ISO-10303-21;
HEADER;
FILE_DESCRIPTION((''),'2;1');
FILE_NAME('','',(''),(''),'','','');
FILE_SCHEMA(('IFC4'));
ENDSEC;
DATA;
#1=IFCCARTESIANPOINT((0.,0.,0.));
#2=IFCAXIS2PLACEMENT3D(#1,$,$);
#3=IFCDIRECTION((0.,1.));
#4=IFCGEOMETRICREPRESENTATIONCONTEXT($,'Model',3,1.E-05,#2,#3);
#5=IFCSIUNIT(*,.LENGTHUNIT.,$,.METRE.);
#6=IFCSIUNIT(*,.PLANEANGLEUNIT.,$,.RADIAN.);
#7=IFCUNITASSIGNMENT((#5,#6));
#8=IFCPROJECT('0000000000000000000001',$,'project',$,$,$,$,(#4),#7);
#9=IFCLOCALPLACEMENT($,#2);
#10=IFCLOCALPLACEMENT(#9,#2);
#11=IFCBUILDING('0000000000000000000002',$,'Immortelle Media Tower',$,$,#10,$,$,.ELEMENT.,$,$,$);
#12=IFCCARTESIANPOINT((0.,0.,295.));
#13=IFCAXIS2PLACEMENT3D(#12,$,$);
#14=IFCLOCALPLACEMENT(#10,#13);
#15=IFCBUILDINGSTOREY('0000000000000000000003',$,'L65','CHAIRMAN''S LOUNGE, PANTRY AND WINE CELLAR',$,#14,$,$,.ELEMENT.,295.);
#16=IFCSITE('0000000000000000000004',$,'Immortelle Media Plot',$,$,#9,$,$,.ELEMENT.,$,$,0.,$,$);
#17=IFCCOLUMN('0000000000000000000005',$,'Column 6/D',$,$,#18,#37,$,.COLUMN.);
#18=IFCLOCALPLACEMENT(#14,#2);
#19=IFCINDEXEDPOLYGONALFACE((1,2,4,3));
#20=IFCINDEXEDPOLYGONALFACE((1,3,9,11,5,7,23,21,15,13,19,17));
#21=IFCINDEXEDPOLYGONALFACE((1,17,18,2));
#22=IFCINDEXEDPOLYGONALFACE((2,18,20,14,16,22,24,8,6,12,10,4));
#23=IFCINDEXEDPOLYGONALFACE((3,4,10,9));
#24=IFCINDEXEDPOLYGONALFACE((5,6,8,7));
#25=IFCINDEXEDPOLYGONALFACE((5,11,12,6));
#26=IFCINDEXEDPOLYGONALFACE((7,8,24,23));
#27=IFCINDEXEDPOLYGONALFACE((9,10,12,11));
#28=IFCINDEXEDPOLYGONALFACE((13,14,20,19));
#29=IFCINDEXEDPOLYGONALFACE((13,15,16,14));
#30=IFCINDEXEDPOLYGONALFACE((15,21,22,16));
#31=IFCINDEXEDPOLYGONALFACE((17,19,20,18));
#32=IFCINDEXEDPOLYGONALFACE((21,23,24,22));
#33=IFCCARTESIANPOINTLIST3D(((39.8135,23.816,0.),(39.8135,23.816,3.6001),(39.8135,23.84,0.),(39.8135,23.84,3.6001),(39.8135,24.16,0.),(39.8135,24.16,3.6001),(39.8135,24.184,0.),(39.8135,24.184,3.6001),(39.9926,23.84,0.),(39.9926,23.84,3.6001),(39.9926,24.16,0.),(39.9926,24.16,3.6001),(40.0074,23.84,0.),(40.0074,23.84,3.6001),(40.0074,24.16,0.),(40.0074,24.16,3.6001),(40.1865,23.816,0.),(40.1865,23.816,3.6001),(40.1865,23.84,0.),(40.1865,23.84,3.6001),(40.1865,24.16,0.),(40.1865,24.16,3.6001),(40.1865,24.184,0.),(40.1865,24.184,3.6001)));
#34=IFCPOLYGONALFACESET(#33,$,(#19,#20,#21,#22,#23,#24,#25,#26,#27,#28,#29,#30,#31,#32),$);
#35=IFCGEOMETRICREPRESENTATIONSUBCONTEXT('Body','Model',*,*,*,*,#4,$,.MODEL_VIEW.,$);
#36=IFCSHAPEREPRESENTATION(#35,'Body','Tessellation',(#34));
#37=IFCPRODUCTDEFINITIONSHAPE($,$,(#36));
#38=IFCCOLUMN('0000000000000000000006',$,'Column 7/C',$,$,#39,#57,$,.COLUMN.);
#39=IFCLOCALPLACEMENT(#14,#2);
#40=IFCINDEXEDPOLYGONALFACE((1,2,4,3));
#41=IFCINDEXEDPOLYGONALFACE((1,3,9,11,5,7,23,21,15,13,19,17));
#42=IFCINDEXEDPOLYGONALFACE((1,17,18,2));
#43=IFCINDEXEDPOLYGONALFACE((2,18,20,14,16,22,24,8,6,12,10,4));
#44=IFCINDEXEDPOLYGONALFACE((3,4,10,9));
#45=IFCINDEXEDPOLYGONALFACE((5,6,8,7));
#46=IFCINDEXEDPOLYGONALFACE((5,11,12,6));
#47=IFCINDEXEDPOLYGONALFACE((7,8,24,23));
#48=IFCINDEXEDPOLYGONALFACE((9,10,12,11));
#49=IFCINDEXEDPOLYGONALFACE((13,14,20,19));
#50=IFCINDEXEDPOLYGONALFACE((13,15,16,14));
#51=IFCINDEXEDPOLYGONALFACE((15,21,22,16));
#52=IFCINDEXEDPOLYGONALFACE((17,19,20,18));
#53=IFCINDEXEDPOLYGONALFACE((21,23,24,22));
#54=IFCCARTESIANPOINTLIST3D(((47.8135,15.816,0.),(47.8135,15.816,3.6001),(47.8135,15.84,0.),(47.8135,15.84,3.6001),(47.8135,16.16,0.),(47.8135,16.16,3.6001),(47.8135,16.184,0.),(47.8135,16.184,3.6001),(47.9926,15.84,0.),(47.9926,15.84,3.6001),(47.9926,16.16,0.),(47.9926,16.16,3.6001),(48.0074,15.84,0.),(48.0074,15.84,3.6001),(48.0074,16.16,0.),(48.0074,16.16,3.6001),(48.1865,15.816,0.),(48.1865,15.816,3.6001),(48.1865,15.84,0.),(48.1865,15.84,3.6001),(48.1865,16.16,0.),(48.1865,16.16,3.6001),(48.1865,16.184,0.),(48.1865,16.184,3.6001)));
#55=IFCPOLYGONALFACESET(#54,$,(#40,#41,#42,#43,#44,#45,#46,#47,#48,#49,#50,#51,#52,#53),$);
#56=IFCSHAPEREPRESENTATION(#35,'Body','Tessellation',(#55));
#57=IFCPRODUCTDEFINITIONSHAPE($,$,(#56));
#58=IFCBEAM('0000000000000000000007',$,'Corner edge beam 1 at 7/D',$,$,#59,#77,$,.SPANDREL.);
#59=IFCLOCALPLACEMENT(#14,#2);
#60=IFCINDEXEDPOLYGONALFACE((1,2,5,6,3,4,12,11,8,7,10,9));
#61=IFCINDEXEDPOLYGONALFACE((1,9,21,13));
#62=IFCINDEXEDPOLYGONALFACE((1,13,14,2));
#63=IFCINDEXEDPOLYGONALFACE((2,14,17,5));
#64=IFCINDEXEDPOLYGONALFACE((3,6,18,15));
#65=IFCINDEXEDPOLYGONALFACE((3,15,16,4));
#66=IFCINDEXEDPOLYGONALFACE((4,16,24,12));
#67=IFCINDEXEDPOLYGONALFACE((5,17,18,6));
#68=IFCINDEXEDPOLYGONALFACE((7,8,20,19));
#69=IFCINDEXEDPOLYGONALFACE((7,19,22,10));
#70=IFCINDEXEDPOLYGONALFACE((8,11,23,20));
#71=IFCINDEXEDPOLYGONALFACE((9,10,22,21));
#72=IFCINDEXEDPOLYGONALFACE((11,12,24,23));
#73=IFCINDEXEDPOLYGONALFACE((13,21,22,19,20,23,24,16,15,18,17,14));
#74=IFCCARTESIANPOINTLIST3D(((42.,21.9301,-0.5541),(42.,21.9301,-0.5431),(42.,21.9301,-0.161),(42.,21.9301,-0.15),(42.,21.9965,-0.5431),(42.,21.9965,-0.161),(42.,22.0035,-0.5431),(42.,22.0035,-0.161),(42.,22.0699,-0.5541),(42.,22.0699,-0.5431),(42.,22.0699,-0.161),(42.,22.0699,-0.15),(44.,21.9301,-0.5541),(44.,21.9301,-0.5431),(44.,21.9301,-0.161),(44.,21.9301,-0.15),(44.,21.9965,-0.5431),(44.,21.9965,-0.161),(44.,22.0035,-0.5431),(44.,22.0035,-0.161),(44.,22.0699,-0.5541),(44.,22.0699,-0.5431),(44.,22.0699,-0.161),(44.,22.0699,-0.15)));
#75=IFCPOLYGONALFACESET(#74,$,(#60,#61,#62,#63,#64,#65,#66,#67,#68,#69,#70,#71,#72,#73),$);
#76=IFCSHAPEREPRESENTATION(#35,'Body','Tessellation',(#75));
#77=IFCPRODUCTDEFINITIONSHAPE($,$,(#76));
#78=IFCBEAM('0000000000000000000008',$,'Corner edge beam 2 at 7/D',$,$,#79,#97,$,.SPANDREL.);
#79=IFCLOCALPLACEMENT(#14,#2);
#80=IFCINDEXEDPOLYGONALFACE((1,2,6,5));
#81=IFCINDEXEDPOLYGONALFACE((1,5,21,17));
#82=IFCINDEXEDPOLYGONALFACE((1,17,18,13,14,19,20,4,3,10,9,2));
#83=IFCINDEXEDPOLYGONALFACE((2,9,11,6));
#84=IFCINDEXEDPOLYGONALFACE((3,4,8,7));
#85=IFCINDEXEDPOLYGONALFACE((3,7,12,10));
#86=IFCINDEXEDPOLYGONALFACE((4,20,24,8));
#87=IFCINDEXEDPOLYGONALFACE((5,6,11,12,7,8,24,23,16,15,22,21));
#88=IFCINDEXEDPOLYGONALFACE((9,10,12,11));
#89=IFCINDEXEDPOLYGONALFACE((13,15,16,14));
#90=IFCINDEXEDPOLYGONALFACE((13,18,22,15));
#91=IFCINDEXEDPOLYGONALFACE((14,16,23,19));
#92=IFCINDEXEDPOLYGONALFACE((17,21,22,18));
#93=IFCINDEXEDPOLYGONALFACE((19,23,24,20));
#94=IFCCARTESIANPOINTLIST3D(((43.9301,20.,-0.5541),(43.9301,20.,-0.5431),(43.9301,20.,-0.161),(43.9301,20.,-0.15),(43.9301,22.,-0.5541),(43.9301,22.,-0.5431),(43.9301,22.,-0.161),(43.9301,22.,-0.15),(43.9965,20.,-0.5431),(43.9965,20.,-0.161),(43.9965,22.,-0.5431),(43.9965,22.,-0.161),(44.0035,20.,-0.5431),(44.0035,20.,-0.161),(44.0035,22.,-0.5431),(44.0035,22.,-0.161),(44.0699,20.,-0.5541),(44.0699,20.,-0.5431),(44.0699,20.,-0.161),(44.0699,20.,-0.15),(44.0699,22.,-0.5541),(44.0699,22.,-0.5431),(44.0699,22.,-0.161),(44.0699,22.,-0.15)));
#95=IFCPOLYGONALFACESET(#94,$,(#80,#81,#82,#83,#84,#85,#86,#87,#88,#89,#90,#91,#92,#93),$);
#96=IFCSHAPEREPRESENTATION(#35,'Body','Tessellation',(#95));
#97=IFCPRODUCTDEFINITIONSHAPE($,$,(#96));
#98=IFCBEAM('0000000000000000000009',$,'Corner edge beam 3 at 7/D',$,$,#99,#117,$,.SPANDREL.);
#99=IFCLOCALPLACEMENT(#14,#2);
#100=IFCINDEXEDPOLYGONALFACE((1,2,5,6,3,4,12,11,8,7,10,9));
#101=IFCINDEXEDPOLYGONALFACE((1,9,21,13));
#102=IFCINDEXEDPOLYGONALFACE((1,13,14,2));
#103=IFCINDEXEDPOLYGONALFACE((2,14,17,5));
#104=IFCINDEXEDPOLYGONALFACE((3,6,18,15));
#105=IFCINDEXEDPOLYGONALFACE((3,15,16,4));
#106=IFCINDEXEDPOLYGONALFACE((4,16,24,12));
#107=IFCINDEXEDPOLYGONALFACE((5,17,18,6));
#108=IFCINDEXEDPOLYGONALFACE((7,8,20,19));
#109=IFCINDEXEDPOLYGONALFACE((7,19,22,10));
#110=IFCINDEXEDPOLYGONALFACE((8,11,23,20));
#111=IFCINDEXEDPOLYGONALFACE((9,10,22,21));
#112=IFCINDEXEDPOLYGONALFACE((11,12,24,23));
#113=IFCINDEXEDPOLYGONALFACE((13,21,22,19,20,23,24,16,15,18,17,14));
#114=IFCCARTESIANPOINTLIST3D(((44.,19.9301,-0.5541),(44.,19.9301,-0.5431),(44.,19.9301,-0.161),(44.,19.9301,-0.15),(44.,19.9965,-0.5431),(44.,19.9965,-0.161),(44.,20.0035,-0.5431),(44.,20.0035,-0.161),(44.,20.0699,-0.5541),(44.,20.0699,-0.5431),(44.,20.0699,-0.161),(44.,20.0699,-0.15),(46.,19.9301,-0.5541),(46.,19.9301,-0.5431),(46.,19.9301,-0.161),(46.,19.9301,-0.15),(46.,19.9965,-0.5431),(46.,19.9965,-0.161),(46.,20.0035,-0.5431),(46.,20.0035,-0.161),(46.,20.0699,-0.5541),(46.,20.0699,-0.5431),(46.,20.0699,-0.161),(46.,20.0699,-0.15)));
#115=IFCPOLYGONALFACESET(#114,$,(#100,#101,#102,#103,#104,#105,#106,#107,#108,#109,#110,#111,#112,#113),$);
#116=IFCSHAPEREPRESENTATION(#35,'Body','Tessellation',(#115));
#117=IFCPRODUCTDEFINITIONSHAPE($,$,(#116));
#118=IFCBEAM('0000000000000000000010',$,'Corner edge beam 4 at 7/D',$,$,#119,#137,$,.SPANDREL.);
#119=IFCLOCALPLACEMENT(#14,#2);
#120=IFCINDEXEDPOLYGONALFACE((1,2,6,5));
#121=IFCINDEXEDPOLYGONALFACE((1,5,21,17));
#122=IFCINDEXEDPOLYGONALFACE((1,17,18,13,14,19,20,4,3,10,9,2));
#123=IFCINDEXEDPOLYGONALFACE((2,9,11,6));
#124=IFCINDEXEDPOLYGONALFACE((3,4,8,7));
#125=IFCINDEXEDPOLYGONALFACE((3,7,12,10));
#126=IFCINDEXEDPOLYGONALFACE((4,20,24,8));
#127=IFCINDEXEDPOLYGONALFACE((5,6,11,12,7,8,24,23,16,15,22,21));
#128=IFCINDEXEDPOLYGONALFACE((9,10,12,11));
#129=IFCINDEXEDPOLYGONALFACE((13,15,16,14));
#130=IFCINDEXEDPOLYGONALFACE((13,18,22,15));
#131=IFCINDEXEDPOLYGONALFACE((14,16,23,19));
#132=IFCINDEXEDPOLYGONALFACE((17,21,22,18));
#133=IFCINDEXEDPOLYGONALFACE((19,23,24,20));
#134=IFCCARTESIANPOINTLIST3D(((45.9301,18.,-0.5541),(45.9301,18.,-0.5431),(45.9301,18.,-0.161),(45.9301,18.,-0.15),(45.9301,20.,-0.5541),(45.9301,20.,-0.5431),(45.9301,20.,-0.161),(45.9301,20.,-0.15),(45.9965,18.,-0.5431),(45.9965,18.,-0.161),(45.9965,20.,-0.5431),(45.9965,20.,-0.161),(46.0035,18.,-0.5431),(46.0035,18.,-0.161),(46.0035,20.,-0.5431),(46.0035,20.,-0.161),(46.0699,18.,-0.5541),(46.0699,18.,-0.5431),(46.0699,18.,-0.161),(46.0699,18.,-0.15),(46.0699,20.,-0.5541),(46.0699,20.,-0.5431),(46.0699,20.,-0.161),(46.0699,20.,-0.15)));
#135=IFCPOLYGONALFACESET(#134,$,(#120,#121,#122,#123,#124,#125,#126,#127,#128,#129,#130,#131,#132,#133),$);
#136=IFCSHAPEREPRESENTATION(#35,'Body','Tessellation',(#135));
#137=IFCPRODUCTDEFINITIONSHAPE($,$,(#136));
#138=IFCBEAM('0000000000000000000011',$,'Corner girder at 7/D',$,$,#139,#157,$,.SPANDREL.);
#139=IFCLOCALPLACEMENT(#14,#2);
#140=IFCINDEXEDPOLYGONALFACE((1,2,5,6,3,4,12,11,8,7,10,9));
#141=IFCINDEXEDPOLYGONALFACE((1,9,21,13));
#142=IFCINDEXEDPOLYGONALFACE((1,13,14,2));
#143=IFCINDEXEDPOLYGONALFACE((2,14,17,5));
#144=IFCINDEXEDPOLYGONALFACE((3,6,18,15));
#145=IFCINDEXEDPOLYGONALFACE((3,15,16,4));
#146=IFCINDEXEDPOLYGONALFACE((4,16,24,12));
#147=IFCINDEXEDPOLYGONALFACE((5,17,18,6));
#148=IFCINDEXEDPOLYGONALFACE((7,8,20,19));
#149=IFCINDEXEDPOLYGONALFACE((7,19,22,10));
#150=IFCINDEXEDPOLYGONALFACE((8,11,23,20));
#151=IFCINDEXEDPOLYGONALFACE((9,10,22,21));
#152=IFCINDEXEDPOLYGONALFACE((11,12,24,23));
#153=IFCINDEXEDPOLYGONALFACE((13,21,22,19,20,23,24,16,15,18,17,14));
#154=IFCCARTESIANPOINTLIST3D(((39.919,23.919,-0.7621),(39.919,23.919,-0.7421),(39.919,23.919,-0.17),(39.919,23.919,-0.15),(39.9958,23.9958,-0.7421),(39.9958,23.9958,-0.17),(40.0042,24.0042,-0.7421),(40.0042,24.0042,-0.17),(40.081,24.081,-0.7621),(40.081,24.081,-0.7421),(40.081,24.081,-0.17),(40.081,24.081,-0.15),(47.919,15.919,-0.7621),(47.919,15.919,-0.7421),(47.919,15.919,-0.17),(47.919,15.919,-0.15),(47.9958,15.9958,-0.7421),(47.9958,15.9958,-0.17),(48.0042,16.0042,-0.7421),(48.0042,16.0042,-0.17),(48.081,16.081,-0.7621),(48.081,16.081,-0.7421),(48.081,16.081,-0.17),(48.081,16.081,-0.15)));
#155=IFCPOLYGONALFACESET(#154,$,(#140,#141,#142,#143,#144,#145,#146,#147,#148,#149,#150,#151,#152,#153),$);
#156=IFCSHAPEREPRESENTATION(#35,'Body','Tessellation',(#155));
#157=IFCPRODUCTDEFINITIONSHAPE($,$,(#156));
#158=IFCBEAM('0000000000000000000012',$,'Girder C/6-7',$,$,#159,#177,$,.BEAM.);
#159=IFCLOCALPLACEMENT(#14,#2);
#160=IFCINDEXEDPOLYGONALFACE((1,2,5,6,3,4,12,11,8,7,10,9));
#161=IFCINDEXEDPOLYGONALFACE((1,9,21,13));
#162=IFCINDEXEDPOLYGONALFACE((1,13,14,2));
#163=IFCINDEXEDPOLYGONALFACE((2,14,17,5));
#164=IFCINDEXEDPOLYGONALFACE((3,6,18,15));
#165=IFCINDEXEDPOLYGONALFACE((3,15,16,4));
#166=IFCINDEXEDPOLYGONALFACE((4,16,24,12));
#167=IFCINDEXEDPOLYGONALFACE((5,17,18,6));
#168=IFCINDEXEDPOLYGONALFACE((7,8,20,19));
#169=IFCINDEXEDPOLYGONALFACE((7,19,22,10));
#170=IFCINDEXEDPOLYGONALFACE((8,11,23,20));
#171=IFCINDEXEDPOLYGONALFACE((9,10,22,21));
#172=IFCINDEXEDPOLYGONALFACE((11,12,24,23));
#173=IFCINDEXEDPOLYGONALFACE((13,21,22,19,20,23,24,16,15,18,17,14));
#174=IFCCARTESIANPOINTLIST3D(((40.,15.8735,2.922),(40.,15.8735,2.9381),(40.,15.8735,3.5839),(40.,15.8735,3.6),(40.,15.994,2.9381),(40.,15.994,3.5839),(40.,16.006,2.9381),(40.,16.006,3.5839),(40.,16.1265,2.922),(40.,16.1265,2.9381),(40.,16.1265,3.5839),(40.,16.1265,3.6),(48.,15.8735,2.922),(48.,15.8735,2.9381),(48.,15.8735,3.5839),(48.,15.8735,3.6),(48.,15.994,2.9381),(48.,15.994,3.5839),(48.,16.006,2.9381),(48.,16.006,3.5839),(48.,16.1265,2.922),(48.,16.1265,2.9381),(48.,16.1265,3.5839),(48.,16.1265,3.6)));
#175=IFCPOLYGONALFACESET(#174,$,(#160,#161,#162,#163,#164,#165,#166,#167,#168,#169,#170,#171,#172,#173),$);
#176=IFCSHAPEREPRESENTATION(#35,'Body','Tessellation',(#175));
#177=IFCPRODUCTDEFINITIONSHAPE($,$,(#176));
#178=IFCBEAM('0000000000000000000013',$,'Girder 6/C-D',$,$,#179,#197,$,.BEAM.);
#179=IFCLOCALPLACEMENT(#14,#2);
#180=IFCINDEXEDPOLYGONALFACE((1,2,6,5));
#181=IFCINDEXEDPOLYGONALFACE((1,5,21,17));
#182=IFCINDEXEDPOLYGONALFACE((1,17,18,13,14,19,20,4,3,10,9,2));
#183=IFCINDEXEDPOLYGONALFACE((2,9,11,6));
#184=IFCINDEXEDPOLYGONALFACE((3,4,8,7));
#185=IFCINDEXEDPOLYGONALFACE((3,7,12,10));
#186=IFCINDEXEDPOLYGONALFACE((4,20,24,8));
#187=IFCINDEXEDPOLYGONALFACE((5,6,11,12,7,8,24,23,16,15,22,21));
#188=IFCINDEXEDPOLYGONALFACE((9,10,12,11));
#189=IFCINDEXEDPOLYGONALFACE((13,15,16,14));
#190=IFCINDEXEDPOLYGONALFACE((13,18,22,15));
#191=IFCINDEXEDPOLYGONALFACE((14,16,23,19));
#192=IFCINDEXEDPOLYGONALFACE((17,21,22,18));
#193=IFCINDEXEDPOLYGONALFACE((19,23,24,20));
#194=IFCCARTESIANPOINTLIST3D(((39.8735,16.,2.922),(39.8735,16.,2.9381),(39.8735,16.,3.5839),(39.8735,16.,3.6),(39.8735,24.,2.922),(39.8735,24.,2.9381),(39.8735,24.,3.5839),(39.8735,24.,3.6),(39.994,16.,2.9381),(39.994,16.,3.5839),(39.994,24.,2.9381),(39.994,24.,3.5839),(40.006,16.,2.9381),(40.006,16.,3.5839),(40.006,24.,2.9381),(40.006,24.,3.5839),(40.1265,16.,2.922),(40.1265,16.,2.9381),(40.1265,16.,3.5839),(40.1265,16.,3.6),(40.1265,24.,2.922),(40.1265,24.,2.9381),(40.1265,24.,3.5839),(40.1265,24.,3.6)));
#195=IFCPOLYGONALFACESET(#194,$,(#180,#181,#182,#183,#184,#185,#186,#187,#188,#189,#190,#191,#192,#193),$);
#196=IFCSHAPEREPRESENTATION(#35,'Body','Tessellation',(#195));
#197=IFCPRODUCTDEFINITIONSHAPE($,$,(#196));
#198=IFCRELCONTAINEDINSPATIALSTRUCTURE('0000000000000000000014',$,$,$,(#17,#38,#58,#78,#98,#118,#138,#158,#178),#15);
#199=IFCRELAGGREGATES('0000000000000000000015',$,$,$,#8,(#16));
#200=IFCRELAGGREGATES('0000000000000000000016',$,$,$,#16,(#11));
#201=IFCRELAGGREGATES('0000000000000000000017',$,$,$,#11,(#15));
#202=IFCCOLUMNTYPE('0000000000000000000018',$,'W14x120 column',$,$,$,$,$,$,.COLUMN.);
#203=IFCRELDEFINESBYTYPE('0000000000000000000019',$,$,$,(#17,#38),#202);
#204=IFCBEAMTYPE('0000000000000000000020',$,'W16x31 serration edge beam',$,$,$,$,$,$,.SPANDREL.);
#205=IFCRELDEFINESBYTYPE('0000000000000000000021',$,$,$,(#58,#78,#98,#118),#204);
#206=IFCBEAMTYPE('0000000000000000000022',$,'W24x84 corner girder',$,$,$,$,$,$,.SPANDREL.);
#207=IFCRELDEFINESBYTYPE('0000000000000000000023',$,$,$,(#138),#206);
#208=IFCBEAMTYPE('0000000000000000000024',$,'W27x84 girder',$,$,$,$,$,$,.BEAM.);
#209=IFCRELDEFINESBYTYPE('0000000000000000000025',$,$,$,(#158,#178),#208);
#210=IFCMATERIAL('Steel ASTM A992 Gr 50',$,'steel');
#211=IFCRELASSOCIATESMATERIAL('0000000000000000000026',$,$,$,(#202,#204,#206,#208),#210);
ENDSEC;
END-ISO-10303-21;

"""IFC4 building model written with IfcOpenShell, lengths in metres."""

from ifc_helpers import new_model, si_unit, direction, frame, origin, origin_2d, place, context, subcontext, project, spatial, i_section, extrude, material, material_profile, profile_set, type_object, element, save


model = new_model("IFC4")

# Units and contexts
model_context = context("Model", 3, precision=1e-05, world=origin(), true_north=direction((0.0, 1.0)))
body_context = subcontext(model_context, "Body", "Model", "MODEL_VIEW")
ifc_project = project(units=[si_unit("LENGTHUNIT", "METRE"), si_unit("PLANEANGLEUNIT", "RADIAN")], contexts=[model_context])

# Site, building, storey
site_placement = place(None, origin())
site = spatial("IfcSite", under=ifc_project, at=site_placement, Name="Immortelle Media Plot", CompositionType="ELEMENT", RefElevation=0.0)
building_placement = place(site_placement, origin())
building = spatial("IfcBuilding", under=site, at=building_placement, Name="Immortelle Media Tower", CompositionType="ELEMENT")
storey_placement = place(building_placement, frame((0.0, 0.0, 295.0)))
storey = spatial("IfcBuildingStorey", under=building, at=storey_placement, Name="L65", Description="CHAIRMAN'S LOUNGE, PANTRY AND WINE CELLAR", CompositionType="ELEMENT", Elevation=295.0)

# Columns
ifc_material_1 = material(Name="Steel ASTM A992 Gr 50", Category="steel")
ifc_material_profile_1 = material_profile(ifc_material_1, i_section(OverallWidth=0.373, OverallDepth=0.3679, WebThickness=0.0149, FlangeThickness=0.0239, at=origin_2d()), Name="W14x120")
ifc_profile_set_1 = profile_set([ifc_material_profile_1], Name="Steel ASTM A992 Gr 50")
column_type = type_object("IfcColumnType", Name="W14x120 column", PredefinedType="COLUMN", material=ifc_profile_set_1)
for number, where, z_axis, x_axis, name in (
    (1, (40.0, 24.0, 0.0), (0.0, 0.0, 1.0), (1.0, 0.0, 0.0), "Column 6/D"),
    (2, (48.0, 16.0, 0.0), (0.0, 0.0, 1.0), (1.0, 0.0, 0.0), "Column 7/C"),
):
    element("IfcColumn", number, at=place(storey_placement, frame(where, z_axis=z_axis, x_axis=x_axis)), inside=storey, type_object=column_type, Name=name, PredefinedType="COLUMN", context=body_context, shape_type="SweptSolid", body=[
        extrude(i_section(OverallWidth=0.373, OverallDepth=0.3679, WebThickness=0.0149, FlangeThickness=0.0239, at=origin_2d()), origin(), (0.0, 0.0, 1.0), 3.6001),
    ])

# Beams
ifc_material_profile_2 = material_profile(ifc_material_1, i_section(OverallWidth=0.1399, OverallDepth=0.4041, WebThickness=0.0071, FlangeThickness=0.011, at=origin_2d()), Name="W16x31")
ifc_profile_set_2 = profile_set([ifc_material_profile_2], Name="Steel ASTM A992 Gr 50")
beam_type_1 = type_object("IfcBeamType", Name="W16x31 serration edge beam", PredefinedType="SPANDREL", material=ifc_profile_set_2)
for number, where, z_axis, x_axis, name in (
    (3, (42.0, 22.0, -0.3521), (1.0, 0.0, 0.0), (0.0, 1.0, 0.0), "Corner edge beam 1 at 7/D"),
    (4, (44.0, 22.0, -0.3521), (0.0, -1.0, 0.0), (1.0, 0.0, 0.0), "Corner edge beam 2 at 7/D"),
    (5, (44.0, 20.0, -0.3521), (1.0, 0.0, 0.0), (0.0, 1.0, 0.0), "Corner edge beam 3 at 7/D"),
    (6, (46.0, 20.0, -0.3521), (0.0, -1.0, 0.0), (1.0, 0.0, 0.0), "Corner edge beam 4 at 7/D"),
):
    element("IfcBeam", number, at=place(storey_placement, frame(where, z_axis=z_axis, x_axis=x_axis)), inside=storey, type_object=beam_type_1, Name=name, PredefinedType="SPANDREL", context=body_context, shape_type="SweptSolid", body=[
        extrude(i_section(OverallWidth=0.1399, OverallDepth=0.4041, WebThickness=0.0071, FlangeThickness=0.011, at=origin_2d()), origin(), (0.0, 0.0, 1.0), 2.0),
    ])
ifc_material_profile_3 = material_profile(ifc_material_1, i_section(OverallWidth=0.229, OverallDepth=0.6121, WebThickness=0.012, FlangeThickness=0.02, at=origin_2d()), Name="W24x84")
ifc_profile_set_3 = profile_set([ifc_material_profile_3], Name="Steel ASTM A992 Gr 50")
beam_type_2 = type_object("IfcBeamType", Name="W24x84 corner girder", PredefinedType="SPANDREL", material=ifc_profile_set_3)
beam_placement = place(storey_placement, frame((40.0, 24.0, -0.4561), z_axis=(0.707107, -0.707107, 0.0), x_axis=(0.707107, 0.707107, 0.0)))
element("IfcBeam", 7, at=beam_placement, inside=storey, type_object=beam_type_2, Name="Corner girder at 7/D", PredefinedType="SPANDREL", context=body_context, shape_type="SweptSolid", body=[
    extrude(i_section(OverallWidth=0.229, OverallDepth=0.6121, WebThickness=0.012, FlangeThickness=0.02, at=origin_2d()), origin(), (0.0, 0.0, 1.0), 11.3137),
])
ifc_material_profile_4 = material_profile(ifc_material_1, i_section(OverallWidth=0.2529, OverallDepth=0.678, WebThickness=0.012, FlangeThickness=0.0161, at=origin_2d()), Name="W27x84")
ifc_profile_set_4 = profile_set([ifc_material_profile_4], Name="Steel ASTM A992 Gr 50")
beam_type_3 = type_object("IfcBeamType", Name="W27x84 girder", PredefinedType="BEAM", material=ifc_profile_set_4)
for number, where, z_axis, x_axis, name in (
    (8, (40.0, 16.0, 3.261), (1.0, 0.0, 0.0), (0.0, 1.0, 0.0), "Girder C/6-7"),
    (9, (40.0, 16.0, 3.261), (0.0, 1.0, 0.0), (-1.0, 0.0, 0.0), "Girder 6/C-D"),
):
    element("IfcBeam", number, at=place(storey_placement, frame(where, z_axis=z_axis, x_axis=x_axis)), inside=storey, type_object=beam_type_3, Name=name, PredefinedType="BEAM", context=body_context, shape_type="SweptSolid", body=[
        extrude(i_section(OverallWidth=0.2529, OverallDepth=0.678, WebThickness=0.012, FlangeThickness=0.0161, at=origin_2d()), origin(), (0.0, 0.0, 1.0), 8.0),
    ])

save(model, "model.ifc")
